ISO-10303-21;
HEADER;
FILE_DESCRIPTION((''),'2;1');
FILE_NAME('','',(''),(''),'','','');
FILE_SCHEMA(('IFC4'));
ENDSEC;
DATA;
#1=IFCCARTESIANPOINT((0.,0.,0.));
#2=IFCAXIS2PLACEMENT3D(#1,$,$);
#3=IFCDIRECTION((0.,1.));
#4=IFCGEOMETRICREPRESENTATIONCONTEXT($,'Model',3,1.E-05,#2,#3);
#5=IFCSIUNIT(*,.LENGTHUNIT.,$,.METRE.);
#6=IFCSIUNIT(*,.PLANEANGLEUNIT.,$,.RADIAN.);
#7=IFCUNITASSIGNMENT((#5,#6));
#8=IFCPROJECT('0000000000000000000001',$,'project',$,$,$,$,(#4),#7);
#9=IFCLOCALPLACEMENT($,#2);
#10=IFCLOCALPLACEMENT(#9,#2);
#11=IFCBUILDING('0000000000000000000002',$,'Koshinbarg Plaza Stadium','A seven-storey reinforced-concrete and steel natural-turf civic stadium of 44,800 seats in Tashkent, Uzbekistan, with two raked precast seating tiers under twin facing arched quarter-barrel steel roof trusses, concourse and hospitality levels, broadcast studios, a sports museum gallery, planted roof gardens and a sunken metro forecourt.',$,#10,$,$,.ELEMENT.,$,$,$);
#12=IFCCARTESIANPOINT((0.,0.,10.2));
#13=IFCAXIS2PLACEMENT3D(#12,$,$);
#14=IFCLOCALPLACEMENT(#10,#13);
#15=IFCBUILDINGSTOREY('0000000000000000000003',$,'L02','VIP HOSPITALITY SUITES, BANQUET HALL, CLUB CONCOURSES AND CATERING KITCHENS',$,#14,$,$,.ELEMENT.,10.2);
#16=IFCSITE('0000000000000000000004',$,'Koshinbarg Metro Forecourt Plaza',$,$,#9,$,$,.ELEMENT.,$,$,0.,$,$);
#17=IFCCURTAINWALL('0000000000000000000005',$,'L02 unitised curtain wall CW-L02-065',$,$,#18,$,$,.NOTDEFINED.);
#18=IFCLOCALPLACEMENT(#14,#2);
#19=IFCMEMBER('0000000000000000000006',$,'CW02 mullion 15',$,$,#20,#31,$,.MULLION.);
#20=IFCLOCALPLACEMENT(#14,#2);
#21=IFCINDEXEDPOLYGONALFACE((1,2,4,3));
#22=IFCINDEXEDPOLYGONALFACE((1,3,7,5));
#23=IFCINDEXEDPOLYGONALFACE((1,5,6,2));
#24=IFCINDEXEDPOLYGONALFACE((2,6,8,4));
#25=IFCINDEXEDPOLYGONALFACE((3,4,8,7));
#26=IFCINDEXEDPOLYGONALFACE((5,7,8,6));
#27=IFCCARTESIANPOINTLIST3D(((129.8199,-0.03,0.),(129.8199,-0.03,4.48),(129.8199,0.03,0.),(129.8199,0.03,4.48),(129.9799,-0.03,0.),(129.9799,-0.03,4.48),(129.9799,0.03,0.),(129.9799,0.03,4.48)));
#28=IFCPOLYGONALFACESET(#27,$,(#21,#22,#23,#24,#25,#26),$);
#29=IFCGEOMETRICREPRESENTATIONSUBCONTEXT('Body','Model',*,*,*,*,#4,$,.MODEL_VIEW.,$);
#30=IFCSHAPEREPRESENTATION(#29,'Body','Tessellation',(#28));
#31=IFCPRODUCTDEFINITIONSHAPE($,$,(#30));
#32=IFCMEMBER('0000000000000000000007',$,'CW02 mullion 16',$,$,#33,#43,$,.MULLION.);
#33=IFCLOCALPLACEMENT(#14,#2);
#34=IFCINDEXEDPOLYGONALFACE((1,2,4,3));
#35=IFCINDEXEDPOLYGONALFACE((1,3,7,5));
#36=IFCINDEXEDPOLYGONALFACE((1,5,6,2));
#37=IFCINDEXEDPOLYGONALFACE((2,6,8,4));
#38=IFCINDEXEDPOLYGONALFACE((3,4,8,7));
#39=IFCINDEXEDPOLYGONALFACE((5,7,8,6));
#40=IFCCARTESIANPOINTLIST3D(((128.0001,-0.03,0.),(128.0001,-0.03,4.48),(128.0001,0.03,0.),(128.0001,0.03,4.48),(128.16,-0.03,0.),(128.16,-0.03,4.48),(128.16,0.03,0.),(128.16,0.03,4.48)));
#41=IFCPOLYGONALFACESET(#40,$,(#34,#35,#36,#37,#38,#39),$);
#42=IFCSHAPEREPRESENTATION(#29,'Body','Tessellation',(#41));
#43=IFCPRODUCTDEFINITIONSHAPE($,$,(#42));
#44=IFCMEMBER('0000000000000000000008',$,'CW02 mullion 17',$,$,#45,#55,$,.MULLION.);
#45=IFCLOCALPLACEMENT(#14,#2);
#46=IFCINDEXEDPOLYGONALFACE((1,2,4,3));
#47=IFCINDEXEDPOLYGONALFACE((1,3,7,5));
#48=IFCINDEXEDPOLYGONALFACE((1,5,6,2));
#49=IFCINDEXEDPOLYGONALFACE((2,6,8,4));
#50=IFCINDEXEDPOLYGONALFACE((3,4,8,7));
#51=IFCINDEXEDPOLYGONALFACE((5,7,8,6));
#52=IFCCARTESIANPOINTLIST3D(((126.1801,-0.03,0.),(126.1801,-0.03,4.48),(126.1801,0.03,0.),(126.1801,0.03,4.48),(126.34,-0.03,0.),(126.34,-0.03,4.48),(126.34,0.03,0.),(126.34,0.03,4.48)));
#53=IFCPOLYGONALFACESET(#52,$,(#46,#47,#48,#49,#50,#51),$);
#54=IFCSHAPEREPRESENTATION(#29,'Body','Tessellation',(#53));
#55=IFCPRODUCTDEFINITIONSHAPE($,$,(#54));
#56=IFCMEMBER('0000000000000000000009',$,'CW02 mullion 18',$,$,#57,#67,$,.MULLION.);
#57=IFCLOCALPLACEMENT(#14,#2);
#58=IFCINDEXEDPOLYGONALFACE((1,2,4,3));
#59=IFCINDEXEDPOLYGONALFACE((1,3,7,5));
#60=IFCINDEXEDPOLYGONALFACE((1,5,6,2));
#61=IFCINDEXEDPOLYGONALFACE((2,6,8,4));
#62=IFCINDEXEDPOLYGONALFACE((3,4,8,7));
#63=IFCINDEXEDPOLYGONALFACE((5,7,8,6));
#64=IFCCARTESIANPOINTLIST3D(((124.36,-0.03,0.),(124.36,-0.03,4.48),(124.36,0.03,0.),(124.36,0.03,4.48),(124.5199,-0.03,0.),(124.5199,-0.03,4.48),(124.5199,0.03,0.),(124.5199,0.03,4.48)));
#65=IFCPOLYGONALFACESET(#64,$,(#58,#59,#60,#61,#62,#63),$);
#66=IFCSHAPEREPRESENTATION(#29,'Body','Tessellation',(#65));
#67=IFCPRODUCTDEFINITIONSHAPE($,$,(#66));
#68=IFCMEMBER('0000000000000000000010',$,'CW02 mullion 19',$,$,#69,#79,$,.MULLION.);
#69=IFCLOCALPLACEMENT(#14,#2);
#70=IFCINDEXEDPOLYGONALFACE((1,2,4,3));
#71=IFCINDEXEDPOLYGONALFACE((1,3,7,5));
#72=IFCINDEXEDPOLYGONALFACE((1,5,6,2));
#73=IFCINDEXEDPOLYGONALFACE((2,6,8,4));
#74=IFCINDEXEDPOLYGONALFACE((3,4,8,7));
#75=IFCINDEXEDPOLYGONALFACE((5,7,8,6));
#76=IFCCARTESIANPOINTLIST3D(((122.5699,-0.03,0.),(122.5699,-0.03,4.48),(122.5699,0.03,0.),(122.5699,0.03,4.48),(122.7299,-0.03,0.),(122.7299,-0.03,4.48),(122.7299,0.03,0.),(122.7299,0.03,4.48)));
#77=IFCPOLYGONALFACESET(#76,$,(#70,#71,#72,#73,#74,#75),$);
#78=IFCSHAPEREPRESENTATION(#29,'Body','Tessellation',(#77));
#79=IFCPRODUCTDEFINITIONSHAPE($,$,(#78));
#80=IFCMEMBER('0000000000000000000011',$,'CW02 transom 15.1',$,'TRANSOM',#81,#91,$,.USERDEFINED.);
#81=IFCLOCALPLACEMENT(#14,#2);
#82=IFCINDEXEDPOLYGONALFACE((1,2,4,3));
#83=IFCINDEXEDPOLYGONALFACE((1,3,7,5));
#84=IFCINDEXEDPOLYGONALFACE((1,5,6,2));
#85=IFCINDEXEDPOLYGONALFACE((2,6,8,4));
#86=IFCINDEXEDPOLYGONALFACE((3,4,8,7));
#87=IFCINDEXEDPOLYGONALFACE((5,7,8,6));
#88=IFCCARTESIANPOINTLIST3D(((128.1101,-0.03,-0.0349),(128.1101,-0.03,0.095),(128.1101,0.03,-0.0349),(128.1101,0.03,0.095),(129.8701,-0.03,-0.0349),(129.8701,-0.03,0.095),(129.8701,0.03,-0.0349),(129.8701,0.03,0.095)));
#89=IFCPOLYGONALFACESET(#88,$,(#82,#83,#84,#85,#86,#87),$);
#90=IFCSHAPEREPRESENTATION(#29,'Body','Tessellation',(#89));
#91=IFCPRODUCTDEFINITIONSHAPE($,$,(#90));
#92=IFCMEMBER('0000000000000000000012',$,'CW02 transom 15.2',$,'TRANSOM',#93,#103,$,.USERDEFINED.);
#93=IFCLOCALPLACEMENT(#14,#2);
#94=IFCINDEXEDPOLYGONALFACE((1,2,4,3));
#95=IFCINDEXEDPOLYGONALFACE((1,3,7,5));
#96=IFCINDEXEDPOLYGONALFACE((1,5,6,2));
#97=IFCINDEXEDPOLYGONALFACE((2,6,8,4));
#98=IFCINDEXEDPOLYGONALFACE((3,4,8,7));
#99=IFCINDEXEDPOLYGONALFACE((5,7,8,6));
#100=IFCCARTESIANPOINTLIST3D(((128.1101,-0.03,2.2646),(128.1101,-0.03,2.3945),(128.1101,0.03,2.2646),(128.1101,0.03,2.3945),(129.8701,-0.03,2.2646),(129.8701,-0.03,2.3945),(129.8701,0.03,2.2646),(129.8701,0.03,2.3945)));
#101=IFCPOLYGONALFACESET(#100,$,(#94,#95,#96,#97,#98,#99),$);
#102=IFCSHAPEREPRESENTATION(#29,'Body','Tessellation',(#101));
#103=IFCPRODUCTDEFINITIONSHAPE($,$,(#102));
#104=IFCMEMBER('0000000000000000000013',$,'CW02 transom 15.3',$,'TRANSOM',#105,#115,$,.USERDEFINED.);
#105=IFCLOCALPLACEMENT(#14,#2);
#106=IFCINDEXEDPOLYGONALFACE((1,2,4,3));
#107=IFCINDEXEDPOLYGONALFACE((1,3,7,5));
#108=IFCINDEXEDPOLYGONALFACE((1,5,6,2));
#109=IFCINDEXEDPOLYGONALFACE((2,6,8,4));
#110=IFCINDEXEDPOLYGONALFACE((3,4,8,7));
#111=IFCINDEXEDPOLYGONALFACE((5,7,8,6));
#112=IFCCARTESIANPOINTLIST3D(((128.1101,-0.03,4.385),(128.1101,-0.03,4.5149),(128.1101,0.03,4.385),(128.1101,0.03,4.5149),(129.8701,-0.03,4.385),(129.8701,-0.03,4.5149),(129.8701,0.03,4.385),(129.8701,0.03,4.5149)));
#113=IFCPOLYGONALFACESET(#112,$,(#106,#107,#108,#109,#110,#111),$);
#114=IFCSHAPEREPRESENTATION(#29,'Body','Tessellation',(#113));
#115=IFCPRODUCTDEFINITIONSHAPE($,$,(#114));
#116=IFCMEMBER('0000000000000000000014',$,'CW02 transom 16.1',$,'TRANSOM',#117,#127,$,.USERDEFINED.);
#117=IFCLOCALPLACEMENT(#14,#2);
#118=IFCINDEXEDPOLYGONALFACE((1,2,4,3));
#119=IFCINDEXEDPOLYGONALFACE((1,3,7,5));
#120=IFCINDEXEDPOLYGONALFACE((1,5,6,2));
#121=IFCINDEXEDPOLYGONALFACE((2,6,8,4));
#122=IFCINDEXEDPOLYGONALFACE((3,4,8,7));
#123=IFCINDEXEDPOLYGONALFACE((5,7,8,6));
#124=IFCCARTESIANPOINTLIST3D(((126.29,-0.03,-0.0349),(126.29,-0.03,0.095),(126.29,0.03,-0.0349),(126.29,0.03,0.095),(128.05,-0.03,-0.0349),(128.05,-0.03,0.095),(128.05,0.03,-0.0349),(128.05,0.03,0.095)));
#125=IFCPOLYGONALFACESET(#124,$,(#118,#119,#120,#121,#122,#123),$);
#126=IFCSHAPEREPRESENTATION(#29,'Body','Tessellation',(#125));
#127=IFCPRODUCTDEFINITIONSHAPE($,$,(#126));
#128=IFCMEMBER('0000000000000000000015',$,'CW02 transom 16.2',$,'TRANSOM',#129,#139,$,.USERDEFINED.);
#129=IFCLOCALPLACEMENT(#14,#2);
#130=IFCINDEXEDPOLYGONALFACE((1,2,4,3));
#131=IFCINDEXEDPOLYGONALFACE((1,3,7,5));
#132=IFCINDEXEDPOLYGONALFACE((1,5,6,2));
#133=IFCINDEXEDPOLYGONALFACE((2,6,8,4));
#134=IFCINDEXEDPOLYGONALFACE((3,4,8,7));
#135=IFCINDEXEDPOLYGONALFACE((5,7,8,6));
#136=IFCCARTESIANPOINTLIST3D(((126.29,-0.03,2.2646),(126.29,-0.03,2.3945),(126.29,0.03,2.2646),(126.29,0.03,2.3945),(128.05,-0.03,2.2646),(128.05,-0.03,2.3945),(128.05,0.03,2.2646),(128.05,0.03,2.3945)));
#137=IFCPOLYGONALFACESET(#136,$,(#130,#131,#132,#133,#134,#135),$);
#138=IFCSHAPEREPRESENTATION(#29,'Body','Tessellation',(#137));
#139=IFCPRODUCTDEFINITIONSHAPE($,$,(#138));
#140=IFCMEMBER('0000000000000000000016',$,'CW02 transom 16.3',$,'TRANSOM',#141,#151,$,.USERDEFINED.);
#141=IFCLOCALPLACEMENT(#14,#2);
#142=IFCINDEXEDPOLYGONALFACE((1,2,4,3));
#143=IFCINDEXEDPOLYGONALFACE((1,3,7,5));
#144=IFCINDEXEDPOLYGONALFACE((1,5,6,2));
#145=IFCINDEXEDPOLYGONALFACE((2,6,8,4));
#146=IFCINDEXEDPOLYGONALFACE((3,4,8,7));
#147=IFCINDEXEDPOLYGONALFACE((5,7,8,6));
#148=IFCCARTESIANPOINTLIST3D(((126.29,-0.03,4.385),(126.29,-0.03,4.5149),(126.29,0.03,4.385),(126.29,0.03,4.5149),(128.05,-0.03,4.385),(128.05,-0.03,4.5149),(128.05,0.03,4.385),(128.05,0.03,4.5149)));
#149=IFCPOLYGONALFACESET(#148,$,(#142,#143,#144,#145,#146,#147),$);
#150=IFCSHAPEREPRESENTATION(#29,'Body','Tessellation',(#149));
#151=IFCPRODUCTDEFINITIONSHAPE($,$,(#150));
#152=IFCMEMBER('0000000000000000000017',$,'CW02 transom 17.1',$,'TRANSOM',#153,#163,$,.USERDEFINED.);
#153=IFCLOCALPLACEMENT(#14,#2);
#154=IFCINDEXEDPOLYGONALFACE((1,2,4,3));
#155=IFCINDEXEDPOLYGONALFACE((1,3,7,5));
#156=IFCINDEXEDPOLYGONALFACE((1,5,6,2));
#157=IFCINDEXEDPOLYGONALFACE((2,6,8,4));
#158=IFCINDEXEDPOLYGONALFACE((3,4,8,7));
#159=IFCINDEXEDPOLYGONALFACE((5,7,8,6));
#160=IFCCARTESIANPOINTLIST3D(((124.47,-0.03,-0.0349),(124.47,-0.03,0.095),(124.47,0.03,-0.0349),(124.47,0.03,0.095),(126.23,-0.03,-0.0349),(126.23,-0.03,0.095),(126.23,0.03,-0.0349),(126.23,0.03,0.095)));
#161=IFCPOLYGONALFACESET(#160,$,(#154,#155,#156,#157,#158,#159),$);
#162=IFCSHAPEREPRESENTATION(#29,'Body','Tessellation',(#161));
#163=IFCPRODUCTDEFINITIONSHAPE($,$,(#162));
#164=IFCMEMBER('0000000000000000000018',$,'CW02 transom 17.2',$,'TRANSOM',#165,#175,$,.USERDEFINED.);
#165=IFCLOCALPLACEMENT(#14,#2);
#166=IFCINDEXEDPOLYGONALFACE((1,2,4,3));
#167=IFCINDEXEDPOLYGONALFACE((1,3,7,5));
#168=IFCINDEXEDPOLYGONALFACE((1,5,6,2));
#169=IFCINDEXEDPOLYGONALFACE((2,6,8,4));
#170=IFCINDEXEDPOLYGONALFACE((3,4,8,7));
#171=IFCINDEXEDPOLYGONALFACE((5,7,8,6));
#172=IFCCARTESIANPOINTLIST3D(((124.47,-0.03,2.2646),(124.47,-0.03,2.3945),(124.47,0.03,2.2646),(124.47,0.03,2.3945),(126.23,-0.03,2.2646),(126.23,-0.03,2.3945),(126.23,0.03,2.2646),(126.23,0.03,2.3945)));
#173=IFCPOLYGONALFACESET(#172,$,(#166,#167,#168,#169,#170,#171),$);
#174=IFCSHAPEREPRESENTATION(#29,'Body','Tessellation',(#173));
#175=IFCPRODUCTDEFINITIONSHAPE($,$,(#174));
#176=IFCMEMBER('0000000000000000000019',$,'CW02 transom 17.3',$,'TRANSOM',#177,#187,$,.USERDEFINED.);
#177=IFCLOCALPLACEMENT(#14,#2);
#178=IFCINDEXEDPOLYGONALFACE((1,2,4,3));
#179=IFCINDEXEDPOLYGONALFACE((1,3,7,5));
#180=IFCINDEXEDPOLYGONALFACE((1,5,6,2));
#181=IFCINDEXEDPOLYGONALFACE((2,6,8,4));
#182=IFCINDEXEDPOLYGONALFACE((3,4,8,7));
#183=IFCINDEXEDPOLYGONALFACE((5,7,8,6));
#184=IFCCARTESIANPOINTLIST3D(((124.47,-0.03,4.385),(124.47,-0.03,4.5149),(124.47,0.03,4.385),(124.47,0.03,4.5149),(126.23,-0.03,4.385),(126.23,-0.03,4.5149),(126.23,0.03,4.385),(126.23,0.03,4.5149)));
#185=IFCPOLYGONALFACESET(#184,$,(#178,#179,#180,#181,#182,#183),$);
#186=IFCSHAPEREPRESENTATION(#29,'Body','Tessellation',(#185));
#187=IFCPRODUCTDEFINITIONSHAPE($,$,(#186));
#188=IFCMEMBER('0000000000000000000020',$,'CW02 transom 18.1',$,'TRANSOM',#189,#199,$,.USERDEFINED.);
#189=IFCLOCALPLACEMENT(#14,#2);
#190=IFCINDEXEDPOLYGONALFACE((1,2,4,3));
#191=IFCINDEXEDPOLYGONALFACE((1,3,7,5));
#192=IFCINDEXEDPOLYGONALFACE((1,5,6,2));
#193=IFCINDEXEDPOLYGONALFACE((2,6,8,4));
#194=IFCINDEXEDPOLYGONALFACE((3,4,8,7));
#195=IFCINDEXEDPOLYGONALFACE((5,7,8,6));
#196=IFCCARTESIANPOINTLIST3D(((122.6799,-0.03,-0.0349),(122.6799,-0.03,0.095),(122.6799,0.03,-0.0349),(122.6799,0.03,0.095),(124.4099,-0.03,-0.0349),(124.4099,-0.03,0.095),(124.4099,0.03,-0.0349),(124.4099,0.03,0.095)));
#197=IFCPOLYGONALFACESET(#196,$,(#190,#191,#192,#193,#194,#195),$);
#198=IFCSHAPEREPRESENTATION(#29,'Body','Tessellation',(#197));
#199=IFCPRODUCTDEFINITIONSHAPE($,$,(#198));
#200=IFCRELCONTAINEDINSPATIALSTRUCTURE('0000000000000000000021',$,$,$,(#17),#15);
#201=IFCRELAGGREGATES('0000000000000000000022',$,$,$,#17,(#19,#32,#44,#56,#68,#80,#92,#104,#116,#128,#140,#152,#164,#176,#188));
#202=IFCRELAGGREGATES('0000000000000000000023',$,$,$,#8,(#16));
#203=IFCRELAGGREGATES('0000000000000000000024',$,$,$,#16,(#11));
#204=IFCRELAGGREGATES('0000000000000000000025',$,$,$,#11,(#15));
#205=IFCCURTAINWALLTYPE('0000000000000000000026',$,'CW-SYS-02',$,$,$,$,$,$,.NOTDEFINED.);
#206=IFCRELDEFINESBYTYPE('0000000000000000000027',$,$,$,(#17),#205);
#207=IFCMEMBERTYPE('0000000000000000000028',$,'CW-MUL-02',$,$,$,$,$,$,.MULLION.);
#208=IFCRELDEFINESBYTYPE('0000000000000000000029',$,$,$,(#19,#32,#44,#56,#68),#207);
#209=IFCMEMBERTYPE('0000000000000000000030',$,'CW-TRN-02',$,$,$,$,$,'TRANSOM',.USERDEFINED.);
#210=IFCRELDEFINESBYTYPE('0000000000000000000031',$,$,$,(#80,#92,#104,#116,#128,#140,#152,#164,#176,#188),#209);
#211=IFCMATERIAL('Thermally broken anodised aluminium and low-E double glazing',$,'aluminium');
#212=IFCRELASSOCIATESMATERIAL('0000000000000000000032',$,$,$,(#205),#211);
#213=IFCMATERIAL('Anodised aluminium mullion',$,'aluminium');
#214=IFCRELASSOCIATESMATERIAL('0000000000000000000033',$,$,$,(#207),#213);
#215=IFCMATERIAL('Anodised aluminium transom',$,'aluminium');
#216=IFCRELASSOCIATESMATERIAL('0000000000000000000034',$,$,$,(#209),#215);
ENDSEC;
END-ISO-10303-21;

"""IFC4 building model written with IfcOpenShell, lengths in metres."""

from ifc_helpers import new_model, si_unit, direction, frame, origin, origin_2d, place, context, subcontext, project, spatial, rectangle, extrude, material, material_profile, profile_set, type_object, element, aggregate, save


model = new_model("IFC4")

# Units and contexts
model_context = context("Model", 3, precision=1e-05, world=origin(), true_north=direction((0.0, 1.0)))
body_context = subcontext(model_context, "Body", "Model", "MODEL_VIEW")
ifc_project = project(units=[si_unit("LENGTHUNIT", "METRE"), si_unit("PLANEANGLEUNIT", "RADIAN")], contexts=[model_context])

# Site, building, storey
site_placement = place(None, origin())
site = spatial("IfcSite", under=ifc_project, at=site_placement, Name="Koshinbarg Metro Forecourt Plaza", CompositionType="ELEMENT", RefElevation=0.0)
building_placement = place(site_placement, origin())
building = spatial("IfcBuilding", under=site, at=building_placement, Name="Koshinbarg Plaza Stadium", Description="A seven-storey reinforced-concrete and steel natural-turf civic stadium of 44,800 seats in Tashkent, Uzbekistan, with two raked precast seating tiers under twin facing arched quarter-barrel steel roof trusses, concourse and hospitality levels, broadcast studios, a sports museum gallery, planted roof gardens and a sunken metro forecourt.", CompositionType="ELEMENT")
storey_placement = place(building_placement, frame((0.0, 0.0, 10.2)))
storey = spatial("IfcBuildingStorey", under=building, at=storey_placement, Name="L02", Description="VIP HOSPITALITY SUITES, BANQUET HALL, CLUB CONCOURSES AND CATERING KITCHENS", CompositionType="ELEMENT", Elevation=10.2)

# Curtain wall, members
ifc_material_1 = material(Name="Thermally broken anodised aluminium and low-E double glazing", Category="aluminium")
curtain_wall_type = type_object("IfcCurtainWallType", Name="CW-SYS-02", PredefinedType="NOTDEFINED", material=ifc_material_1)
curtain_wall_placement = place(storey_placement, origin())
curtain_wall = element("IfcCurtainWall", 1, at=curtain_wall_placement, inside=storey, type_object=curtain_wall_type, Name="L02 unitised curtain wall CW-L02-065", PredefinedType="NOTDEFINED")
ifc_material_2 = material(Name="Anodised aluminium mullion", Category="aluminium")
ifc_material_profile_1 = material_profile(ifc_material_2, rectangle(XDim=0.0601, YDim=0.1599, at=origin_2d()), Name="ALU 60x160")
ifc_profile_set_1 = profile_set([ifc_material_profile_1], Name="Anodised aluminium mullion")
member_type_1 = type_object("IfcMemberType", Name="CW-MUL-02", PredefinedType="MULLION", material=ifc_profile_set_1)
member_1_placement = place(storey_placement, frame((129.8999, 0.0, 0.0), z_axis=(0.0, 0.0, 1.0), x_axis=(0.0, -1.0, 0.0)))
member_1 = element("IfcMember", 2, at=member_1_placement, type_object=member_type_1, Name="CW02 mullion 15", PredefinedType="MULLION", context=body_context, shape_type="SweptSolid", body=[
    extrude(rectangle(XDim=0.0601, YDim=0.1599, at=origin_2d()), origin(), (0.0, 0.0, 1.0), 4.48),
])
member_2_placement = place(storey_placement, frame((128.0801, 0.0, 0.0), z_axis=(0.0, 0.0, 1.0), x_axis=(0.0, -1.0, 0.0)))
member_2 = element("IfcMember", 3, at=member_2_placement, type_object=member_type_1, Name="CW02 mullion 16", PredefinedType="MULLION", context=body_context, shape_type="SweptSolid", body=[
    extrude(rectangle(XDim=0.0601, YDim=0.1599, at=origin_2d()), origin(), (0.0, 0.0, 1.0), 4.48),
])
member_3_placement = place(storey_placement, frame((126.26, 0.0, 0.0), z_axis=(0.0, 0.0, 1.0), x_axis=(0.0, -1.0, 0.0)))
member_3 = element("IfcMember", 4, at=member_3_placement, type_object=member_type_1, Name="CW02 mullion 17", PredefinedType="MULLION", context=body_context, shape_type="SweptSolid", body=[
    extrude(rectangle(XDim=0.0601, YDim=0.1599, at=origin_2d()), origin(), (0.0, 0.0, 1.0), 4.48),
])
member_4_placement = place(storey_placement, frame((124.4399, 0.0, 0.0), z_axis=(0.0, 0.0, 1.0), x_axis=(0.0, -1.0, 0.0)))
member_4 = element("IfcMember", 5, at=member_4_placement, type_object=member_type_1, Name="CW02 mullion 18", PredefinedType="MULLION", context=body_context, shape_type="SweptSolid", body=[
    extrude(rectangle(XDim=0.0601, YDim=0.1599, at=origin_2d()), origin(), (0.0, 0.0, 1.0), 4.48),
])
member_5_placement = place(storey_placement, frame((122.6499, 0.0, 0.0), z_axis=(0.0, 0.0, 1.0), x_axis=(0.0, -1.0, 0.0)))
member_5 = element("IfcMember", 6, at=member_5_placement, type_object=member_type_1, Name="CW02 mullion 19", PredefinedType="MULLION", context=body_context, shape_type="SweptSolid", body=[
    extrude(rectangle(XDim=0.0601, YDim=0.1599, at=origin_2d()), origin(), (0.0, 0.0, 1.0), 4.48),
])
ifc_material_3 = material(Name="Anodised aluminium transom", Category="aluminium")
ifc_material_profile_2 = material_profile(ifc_material_3, rectangle(XDim=0.0601, YDim=0.1299, at=origin_2d()), Name="ALU 60x130")
ifc_profile_set_2 = profile_set([ifc_material_profile_2], Name="Anodised aluminium transom")
member_type_2 = type_object("IfcMemberType", Name="CW-TRN-02", ElementType="TRANSOM", PredefinedType="USERDEFINED", material=ifc_profile_set_2)
member_6_placement = place(storey_placement, frame((129.8701, 0.0, 0.03), z_axis=(-1.0, 0.0, 0.0), x_axis=(0.0, -1.0, 0.0)))
member_6 = element("IfcMember", 7, at=member_6_placement, type_object=member_type_2, Name="CW02 transom 15.1", ObjectType="TRANSOM", PredefinedType="USERDEFINED", context=body_context, shape_type="SweptSolid", body=[
    extrude(rectangle(XDim=0.0601, YDim=0.1299, at=origin_2d()), origin(), (0.0, 0.0, 1.0), 1.76),
])
member_7_placement = place(storey_placement, frame((129.8701, 0.0, 2.3296), z_axis=(-1.0, 0.0, 0.0), x_axis=(0.0, -1.0, 0.0)))
member_7 = element("IfcMember", 8, at=member_7_placement, type_object=member_type_2, Name="CW02 transom 15.2", ObjectType="TRANSOM", PredefinedType="USERDEFINED", context=body_context, shape_type="SweptSolid", body=[
    extrude(rectangle(XDim=0.0601, YDim=0.1299, at=origin_2d()), origin(), (0.0, 0.0, 1.0), 1.76),
])
member_8_placement = place(storey_placement, frame((129.8701, 0.0, 4.45), z_axis=(-1.0, 0.0, 0.0), x_axis=(0.0, -1.0, 0.0)))
member_8 = element("IfcMember", 9, at=member_8_placement, type_object=member_type_2, Name="CW02 transom 15.3", ObjectType="TRANSOM", PredefinedType="USERDEFINED", context=body_context, shape_type="SweptSolid", body=[
    extrude(rectangle(XDim=0.0601, YDim=0.1299, at=origin_2d()), origin(), (0.0, 0.0, 1.0), 1.76),
])
member_9_placement = place(storey_placement, frame((128.05, 0.0, 0.03), z_axis=(-1.0, 0.0, 0.0), x_axis=(0.0, -1.0, 0.0)))
member_9 = element("IfcMember", 10, at=member_9_placement, type_object=member_type_2, Name="CW02 transom 16.1", ObjectType="TRANSOM", PredefinedType="USERDEFINED", context=body_context, shape_type="SweptSolid", body=[
    extrude(rectangle(XDim=0.0601, YDim=0.1299, at=origin_2d()), origin(), (0.0, 0.0, 1.0), 1.76),
])
member_10_placement = place(storey_placement, frame((128.05, 0.0, 2.3296), z_axis=(-1.0, 0.0, 0.0), x_axis=(0.0, -1.0, 0.0)))
member_10 = element("IfcMember", 11, at=member_10_placement, type_object=member_type_2, Name="CW02 transom 16.2", ObjectType="TRANSOM", PredefinedType="USERDEFINED", context=body_context, shape_type="SweptSolid", body=[
    extrude(rectangle(XDim=0.0601, YDim=0.1299, at=origin_2d()), origin(), (0.0, 0.0, 1.0), 1.76),
])
member_11_placement = place(storey_placement, frame((128.05, 0.0, 4.45), z_axis=(-1.0, 0.0, 0.0), x_axis=(0.0, -1.0, 0.0)))
member_11 = element("IfcMember", 12, at=member_11_placement, type_object=member_type_2, Name="CW02 transom 16.3", ObjectType="TRANSOM", PredefinedType="USERDEFINED", context=body_context, shape_type="SweptSolid", body=[
    extrude(rectangle(XDim=0.0601, YDim=0.1299, at=origin_2d()), origin(), (0.0, 0.0, 1.0), 1.76),
])
member_12_placement = place(storey_placement, frame((126.23, 0.0, 0.03), z_axis=(-1.0, 0.0, 0.0), x_axis=(0.0, -1.0, 0.0)))
member_12 = element("IfcMember", 13, at=member_12_placement, type_object=member_type_2, Name="CW02 transom 17.1", ObjectType="TRANSOM", PredefinedType="USERDEFINED", context=body_context, shape_type="SweptSolid", body=[
    extrude(rectangle(XDim=0.0601, YDim=0.1299, at=origin_2d()), origin(), (0.0, 0.0, 1.0), 1.76),
])
member_13_placement = place(storey_placement, frame((126.23, 0.0, 2.3296), z_axis=(-1.0, 0.0, 0.0), x_axis=(0.0, -1.0, 0.0)))
member_13 = element("IfcMember", 14, at=member_13_placement, type_object=member_type_2, Name="CW02 transom 17.2", ObjectType="TRANSOM", PredefinedType="USERDEFINED", context=body_context, shape_type="SweptSolid", body=[
    extrude(rectangle(XDim=0.0601, YDim=0.1299, at=origin_2d()), origin(), (0.0, 0.0, 1.0), 1.76),
])
member_14_placement = place(storey_placement, frame((126.23, 0.0, 4.45), z_axis=(-1.0, 0.0, 0.0), x_axis=(0.0, -1.0, 0.0)))
member_14 = element("IfcMember", 15, at=member_14_placement, type_object=member_type_2, Name="CW02 transom 17.3", ObjectType="TRANSOM", PredefinedType="USERDEFINED", context=body_context, shape_type="SweptSolid", body=[
    extrude(rectangle(XDim=0.0601, YDim=0.1299, at=origin_2d()), origin(), (0.0, 0.0, 1.0), 1.76),
])
member_15_placement = place(storey_placement, frame((124.4099, 0.0, 0.03), z_axis=(-1.0, 0.0, 0.0), x_axis=(0.0, -1.0, 0.0)))
member_15 = element("IfcMember", 16, at=member_15_placement, type_object=member_type_2, Name="CW02 transom 18.1", ObjectType="TRANSOM", PredefinedType="USERDEFINED", context=body_context, shape_type="SweptSolid", body=[
    extrude(rectangle(XDim=0.0601, YDim=0.1299, at=origin_2d()), origin(), (0.0, 0.0, 1.0), 1.73),
])
aggregate(curtain_wall, [member_1, member_2, member_3, member_4, member_5, member_6, member_7, member_8, member_9, member_10, member_11, member_12, member_13, member_14, member_15])

save(model, "model.ifc")
